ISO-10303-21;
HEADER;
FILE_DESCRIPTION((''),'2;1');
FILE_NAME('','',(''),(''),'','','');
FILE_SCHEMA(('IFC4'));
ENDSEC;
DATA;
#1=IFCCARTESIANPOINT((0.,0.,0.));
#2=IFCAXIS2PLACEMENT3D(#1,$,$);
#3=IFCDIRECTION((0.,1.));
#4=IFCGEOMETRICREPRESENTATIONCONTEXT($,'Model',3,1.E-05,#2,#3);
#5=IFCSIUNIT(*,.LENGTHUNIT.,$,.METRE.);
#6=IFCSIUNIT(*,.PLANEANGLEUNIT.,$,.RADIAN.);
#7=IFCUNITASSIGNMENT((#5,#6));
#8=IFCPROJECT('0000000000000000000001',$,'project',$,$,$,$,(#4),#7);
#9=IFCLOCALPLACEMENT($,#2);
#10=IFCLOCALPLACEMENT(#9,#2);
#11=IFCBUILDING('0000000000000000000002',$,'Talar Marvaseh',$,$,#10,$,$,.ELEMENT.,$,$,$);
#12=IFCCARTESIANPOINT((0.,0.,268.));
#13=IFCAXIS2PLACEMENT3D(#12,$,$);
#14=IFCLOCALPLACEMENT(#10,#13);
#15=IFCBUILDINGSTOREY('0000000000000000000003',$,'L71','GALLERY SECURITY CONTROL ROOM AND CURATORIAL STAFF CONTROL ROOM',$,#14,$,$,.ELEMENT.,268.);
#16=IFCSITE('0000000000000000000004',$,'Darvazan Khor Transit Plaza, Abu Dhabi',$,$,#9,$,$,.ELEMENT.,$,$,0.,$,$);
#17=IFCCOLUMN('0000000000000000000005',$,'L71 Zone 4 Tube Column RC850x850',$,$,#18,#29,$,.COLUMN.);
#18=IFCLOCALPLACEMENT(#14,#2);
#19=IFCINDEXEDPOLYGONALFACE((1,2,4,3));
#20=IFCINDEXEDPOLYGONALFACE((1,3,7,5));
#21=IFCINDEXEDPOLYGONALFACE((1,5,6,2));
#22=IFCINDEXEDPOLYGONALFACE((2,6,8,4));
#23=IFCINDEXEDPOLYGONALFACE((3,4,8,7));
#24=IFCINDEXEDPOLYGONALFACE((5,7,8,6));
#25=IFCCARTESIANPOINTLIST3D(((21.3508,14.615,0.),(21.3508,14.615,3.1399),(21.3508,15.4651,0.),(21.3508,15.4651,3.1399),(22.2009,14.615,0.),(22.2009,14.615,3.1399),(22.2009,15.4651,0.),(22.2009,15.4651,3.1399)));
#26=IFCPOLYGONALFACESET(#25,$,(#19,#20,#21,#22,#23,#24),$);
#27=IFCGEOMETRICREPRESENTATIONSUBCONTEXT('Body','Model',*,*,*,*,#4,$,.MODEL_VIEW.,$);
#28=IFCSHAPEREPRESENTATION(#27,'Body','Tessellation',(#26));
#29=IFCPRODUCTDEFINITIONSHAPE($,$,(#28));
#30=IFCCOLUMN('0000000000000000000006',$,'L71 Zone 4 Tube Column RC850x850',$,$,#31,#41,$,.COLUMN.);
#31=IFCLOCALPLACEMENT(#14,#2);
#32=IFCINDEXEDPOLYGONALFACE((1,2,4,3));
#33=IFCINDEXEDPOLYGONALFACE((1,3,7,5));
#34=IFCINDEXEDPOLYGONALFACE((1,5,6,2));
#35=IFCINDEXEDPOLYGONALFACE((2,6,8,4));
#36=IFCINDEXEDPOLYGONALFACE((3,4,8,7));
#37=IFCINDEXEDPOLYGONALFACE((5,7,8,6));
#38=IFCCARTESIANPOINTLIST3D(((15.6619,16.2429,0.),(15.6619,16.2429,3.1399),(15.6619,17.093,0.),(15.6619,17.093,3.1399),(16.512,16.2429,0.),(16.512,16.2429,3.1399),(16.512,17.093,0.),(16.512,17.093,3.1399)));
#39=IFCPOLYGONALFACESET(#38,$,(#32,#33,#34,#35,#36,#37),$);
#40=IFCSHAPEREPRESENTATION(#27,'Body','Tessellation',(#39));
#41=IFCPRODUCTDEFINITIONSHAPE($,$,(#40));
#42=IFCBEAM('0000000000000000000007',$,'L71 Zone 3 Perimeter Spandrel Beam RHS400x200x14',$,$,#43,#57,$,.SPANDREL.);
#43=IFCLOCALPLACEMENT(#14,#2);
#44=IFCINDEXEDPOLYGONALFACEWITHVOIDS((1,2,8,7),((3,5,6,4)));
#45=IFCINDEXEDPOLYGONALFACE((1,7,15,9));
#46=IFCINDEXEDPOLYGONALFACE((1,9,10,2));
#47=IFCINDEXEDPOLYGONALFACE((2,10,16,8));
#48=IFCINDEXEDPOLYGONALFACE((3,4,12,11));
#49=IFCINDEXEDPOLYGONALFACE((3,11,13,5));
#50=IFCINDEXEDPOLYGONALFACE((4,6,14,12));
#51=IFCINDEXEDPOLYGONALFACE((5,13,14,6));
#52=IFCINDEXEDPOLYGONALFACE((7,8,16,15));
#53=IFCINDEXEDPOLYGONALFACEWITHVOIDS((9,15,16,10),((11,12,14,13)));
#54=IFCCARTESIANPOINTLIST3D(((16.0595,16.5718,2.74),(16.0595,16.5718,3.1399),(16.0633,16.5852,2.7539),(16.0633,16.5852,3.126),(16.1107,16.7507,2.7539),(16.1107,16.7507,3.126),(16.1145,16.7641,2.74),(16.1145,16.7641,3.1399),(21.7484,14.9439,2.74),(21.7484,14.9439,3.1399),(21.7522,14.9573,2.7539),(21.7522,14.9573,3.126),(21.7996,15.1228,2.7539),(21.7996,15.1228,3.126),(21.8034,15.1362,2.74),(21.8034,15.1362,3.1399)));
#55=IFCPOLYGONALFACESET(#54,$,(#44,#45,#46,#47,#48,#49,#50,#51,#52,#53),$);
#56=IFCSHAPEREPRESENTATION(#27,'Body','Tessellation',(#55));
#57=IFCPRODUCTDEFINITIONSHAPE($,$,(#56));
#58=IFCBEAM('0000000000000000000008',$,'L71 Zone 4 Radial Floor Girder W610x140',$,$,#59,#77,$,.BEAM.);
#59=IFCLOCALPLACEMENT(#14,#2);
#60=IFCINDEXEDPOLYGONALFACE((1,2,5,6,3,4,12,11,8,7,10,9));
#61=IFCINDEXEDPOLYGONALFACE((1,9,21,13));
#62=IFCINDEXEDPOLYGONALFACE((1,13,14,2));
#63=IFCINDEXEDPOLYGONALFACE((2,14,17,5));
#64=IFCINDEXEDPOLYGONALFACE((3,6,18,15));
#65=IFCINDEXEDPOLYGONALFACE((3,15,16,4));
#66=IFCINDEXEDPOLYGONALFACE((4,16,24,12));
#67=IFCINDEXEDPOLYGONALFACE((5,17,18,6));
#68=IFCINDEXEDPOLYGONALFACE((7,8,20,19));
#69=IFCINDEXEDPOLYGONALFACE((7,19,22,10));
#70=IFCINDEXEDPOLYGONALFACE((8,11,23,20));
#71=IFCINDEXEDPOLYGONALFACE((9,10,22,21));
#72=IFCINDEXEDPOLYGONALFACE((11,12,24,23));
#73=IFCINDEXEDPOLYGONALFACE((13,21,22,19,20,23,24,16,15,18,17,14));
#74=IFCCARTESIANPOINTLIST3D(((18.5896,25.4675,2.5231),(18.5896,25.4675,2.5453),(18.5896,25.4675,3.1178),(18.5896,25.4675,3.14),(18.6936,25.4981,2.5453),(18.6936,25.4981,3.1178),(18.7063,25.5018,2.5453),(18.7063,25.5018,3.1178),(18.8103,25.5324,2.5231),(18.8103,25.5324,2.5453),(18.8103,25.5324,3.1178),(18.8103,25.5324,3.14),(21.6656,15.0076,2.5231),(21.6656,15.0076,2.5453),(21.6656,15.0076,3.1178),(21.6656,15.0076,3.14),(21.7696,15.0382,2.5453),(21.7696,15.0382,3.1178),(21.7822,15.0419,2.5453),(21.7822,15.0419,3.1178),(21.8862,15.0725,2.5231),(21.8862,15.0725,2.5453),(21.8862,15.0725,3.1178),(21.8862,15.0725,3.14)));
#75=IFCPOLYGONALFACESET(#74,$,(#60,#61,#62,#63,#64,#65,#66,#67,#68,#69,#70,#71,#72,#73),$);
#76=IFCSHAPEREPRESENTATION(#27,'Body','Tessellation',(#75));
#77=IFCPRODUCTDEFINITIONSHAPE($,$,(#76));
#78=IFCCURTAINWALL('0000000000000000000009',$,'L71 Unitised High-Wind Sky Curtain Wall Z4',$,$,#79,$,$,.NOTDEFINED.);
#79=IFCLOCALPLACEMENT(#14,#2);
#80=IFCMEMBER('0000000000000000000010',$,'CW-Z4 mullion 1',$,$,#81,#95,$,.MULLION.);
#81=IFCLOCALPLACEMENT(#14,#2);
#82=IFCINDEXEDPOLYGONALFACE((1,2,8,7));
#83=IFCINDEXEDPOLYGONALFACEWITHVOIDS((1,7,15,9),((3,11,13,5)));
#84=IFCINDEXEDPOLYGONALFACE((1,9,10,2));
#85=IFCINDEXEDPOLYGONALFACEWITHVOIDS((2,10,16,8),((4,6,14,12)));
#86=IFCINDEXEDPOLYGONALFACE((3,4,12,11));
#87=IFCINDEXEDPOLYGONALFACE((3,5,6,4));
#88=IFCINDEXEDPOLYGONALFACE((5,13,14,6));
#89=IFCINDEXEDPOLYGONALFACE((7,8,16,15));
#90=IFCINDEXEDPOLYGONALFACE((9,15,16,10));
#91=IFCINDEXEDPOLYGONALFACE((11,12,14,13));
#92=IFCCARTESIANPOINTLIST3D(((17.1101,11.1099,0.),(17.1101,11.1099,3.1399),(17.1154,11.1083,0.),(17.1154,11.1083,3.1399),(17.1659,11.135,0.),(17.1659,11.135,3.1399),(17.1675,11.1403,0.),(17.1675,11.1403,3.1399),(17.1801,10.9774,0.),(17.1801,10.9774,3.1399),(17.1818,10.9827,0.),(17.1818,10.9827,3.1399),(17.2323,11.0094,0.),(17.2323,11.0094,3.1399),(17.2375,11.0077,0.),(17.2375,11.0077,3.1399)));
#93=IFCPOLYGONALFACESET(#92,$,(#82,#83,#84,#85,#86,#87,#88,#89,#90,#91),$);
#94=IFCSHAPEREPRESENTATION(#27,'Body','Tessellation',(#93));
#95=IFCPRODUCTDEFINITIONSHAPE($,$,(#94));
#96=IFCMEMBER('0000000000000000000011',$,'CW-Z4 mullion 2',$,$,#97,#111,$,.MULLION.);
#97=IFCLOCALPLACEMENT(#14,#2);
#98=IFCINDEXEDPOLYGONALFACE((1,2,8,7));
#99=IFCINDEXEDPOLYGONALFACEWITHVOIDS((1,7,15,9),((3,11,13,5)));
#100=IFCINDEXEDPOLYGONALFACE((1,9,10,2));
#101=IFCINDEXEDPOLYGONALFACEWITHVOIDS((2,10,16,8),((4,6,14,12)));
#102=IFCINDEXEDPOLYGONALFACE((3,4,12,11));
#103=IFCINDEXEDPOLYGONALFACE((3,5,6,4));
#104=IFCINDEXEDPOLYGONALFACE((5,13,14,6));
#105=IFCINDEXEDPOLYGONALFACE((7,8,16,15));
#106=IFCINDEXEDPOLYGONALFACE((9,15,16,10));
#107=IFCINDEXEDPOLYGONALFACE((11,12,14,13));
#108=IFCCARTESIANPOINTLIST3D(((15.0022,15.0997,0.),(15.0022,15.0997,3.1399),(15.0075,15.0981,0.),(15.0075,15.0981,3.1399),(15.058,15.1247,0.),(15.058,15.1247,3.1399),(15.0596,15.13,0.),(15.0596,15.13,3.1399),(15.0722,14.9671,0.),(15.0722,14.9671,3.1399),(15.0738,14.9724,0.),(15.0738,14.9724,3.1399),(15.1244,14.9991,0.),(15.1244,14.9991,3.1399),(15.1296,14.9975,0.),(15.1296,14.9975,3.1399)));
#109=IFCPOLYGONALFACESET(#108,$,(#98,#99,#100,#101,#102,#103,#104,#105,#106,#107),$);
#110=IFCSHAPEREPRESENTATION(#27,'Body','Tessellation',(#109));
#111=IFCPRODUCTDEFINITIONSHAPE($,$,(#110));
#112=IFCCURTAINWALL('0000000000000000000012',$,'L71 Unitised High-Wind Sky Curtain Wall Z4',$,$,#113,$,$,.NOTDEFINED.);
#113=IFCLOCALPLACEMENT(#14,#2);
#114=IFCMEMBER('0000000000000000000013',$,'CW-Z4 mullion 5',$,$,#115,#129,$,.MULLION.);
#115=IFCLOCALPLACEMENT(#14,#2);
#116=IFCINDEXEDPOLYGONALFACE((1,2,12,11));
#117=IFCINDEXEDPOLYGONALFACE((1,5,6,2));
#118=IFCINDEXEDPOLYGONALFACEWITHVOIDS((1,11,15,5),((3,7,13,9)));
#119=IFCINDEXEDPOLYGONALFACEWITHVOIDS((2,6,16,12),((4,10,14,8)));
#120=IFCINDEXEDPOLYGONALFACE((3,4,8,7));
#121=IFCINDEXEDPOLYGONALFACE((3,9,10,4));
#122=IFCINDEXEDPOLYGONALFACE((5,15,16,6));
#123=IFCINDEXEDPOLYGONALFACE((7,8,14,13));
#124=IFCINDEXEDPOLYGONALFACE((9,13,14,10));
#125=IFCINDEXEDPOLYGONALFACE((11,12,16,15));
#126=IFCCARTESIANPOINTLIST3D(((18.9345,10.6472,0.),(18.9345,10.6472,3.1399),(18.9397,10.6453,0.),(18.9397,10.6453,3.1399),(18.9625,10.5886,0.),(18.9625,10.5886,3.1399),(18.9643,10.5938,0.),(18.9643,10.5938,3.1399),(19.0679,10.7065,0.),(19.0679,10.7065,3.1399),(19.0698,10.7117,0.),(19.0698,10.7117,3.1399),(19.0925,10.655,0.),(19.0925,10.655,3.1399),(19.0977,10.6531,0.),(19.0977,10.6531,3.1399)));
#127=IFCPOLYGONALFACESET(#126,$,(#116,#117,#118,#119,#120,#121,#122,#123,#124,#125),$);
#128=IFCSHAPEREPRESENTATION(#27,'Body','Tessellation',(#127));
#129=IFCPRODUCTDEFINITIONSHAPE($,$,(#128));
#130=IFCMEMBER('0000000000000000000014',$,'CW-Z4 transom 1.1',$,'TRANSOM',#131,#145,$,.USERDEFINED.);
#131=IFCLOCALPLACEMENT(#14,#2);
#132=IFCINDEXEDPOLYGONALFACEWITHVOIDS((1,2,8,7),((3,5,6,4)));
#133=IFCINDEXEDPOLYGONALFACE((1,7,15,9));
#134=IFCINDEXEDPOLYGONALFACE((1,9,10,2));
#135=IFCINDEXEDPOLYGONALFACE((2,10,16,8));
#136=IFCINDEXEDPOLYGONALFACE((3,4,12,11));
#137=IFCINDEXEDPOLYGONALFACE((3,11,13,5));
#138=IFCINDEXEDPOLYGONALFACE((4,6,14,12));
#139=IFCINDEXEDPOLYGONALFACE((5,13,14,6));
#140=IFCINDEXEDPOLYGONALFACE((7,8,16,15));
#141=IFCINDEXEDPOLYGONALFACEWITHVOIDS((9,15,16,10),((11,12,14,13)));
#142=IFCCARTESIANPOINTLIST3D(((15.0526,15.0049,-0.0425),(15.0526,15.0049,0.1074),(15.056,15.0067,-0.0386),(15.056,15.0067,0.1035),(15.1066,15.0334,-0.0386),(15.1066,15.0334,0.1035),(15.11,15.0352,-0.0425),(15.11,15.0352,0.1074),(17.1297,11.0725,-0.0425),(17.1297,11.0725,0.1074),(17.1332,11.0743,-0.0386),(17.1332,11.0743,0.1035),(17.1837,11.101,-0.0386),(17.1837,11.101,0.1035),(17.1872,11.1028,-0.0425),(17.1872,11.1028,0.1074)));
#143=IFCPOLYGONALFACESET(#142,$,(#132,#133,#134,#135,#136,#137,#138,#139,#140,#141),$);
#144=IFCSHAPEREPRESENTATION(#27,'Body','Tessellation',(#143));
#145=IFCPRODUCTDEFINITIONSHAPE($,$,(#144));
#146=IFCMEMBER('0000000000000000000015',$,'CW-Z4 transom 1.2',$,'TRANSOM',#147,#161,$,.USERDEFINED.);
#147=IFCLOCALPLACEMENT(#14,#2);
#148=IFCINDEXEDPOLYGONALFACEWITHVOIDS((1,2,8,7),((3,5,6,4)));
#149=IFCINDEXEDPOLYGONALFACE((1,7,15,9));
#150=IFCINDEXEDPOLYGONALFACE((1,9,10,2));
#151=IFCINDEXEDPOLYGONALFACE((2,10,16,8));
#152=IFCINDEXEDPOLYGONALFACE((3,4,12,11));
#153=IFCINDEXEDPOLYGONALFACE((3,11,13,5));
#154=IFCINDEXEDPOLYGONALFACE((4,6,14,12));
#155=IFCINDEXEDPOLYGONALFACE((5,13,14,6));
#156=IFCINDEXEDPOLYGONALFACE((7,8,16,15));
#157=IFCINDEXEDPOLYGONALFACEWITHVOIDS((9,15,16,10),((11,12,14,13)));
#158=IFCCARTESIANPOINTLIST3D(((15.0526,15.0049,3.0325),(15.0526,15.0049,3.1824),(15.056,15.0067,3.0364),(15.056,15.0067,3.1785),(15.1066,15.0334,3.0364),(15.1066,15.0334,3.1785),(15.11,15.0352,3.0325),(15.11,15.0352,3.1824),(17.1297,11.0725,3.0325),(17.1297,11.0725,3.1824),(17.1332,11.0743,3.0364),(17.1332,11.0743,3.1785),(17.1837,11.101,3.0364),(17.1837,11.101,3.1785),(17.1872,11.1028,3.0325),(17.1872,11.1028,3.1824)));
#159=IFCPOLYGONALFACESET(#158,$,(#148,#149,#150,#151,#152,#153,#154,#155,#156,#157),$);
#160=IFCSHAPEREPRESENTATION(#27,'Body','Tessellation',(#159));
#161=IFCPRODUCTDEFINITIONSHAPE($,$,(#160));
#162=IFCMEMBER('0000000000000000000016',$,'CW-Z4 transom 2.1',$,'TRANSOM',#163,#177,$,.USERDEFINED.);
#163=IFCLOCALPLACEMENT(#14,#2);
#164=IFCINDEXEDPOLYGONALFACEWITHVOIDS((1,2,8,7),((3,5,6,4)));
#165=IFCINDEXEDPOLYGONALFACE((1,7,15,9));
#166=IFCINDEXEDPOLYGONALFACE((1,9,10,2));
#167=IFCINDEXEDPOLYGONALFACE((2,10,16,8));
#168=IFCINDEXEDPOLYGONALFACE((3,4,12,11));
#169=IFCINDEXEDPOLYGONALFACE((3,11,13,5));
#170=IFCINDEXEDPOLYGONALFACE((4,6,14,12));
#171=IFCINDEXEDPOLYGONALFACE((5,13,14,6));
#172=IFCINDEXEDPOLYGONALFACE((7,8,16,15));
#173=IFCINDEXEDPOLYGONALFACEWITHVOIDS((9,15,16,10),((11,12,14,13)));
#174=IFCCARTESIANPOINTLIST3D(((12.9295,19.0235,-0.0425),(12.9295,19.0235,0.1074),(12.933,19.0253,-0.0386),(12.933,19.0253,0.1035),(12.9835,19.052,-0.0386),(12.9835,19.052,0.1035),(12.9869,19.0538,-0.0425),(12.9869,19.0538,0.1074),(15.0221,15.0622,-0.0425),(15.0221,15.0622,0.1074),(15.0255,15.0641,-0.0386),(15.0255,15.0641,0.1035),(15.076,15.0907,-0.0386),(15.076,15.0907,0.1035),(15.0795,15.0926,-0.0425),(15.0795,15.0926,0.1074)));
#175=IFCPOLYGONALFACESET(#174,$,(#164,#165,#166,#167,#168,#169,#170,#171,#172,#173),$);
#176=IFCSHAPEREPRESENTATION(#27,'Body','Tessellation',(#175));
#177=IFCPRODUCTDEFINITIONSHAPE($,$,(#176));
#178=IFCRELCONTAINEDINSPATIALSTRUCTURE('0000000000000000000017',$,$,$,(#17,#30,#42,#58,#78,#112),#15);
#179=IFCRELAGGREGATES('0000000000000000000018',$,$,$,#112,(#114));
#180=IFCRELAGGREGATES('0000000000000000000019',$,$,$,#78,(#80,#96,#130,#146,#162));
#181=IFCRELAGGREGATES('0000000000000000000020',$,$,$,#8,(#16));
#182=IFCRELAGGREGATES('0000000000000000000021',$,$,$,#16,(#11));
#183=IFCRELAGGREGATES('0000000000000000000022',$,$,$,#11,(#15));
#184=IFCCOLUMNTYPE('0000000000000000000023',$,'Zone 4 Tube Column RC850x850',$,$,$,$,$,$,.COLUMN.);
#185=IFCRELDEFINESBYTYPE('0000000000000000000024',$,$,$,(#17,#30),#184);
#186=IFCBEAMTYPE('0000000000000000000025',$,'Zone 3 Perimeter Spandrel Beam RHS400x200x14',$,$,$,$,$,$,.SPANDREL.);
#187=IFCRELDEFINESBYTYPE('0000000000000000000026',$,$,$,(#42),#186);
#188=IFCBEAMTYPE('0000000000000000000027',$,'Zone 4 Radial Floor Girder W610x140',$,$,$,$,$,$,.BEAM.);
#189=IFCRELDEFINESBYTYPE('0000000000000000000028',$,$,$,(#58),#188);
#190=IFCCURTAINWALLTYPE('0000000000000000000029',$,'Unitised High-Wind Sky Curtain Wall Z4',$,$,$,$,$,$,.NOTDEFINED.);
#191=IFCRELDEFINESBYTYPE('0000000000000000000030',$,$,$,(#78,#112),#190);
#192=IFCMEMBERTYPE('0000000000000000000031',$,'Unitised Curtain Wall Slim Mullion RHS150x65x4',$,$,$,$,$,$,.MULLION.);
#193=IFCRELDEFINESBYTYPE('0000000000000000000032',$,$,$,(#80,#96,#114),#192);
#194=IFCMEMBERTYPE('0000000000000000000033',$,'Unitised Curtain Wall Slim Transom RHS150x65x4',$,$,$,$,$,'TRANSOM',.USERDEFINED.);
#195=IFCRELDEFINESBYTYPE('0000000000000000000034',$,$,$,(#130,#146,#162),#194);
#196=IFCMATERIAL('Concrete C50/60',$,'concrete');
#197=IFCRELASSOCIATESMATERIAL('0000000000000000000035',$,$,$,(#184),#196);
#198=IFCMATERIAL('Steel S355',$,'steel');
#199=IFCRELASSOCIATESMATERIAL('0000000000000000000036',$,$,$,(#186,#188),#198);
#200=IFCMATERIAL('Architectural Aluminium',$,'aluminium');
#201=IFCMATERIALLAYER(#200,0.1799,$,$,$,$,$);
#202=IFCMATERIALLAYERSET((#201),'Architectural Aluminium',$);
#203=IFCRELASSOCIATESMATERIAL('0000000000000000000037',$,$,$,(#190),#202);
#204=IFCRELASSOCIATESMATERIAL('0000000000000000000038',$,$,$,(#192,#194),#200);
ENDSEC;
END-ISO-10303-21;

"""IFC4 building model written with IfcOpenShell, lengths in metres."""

from ifc_helpers import new_model, si_unit, direction, frame, origin, origin_2d, place, context, subcontext, project, spatial, rectangle, hollow_rectangle, i_section, extrude, source, transform, mapped, material, layer, layer_set, material_profile, profile_set, type_object, type_shapes, element, aggregate, save


model = new_model("IFC4")

# Units and contexts
model_context = context("Model", 3, precision=1e-05, world=origin(), true_north=direction((0.0, 1.0)))
body_context = subcontext(model_context, "Body", "Model", "MODEL_VIEW")
ifc_project = project(units=[si_unit("LENGTHUNIT", "METRE"), si_unit("PLANEANGLEUNIT", "RADIAN")], contexts=[model_context])

# Site, building, storey
site_placement = place(None, origin())
site = spatial("IfcSite", under=ifc_project, at=site_placement, Name="Darvazan Khor Transit Plaza, Abu Dhabi", CompositionType="ELEMENT", RefElevation=0.0)
building_placement = place(site_placement, origin())
building = spatial("IfcBuilding", under=site, at=building_placement, Name="Talar Marvaseh", CompositionType="ELEMENT")
storey_placement = place(building_placement, frame((0.0, 0.0, 268.0)))
storey = spatial("IfcBuildingStorey", under=building, at=storey_placement, Name="L71", Description="GALLERY SECURITY CONTROL ROOM AND CURATORIAL STAFF CONTROL ROOM", CompositionType="ELEMENT", Elevation=268.0)

# Columns
ifc_material_1 = material(Name="Concrete C50/60", Category="concrete")
ifc_material_profile_1 = material_profile(ifc_material_1, rectangle(XDim=0.8501, YDim=0.8501, at=origin_2d()), Name="RC850x850")
ifc_profile_set_1 = profile_set([ifc_material_profile_1], Name="Concrete C50/60")
column_type = type_object("IfcColumnType", Name="Zone 4 Tube Column RC850x850", PredefinedType="COLUMN", material=ifc_profile_set_1)
for number, where, z_axis, x_axis, name in (
    (1, (21.7759, 15.04, 0.0), (0.0, 0.0, 1.0), (1.0, 0.0, 0.0), "L71 Zone 4 Tube Column RC850x850"),
    (2, (16.0869, 16.668, 0.0), (0.0, 0.0, 1.0), (1.0, 0.0, 0.0), "L71 Zone 4 Tube Column RC850x850"),
):
    element("IfcColumn", number, at=place(storey_placement, frame(where, z_axis=z_axis, x_axis=x_axis)), inside=storey, type_object=column_type, Name=name, PredefinedType="COLUMN", context=body_context, shape_type="SweptSolid", body=[
        extrude(rectangle(XDim=0.8501, YDim=0.8501, at=origin_2d()), origin(), (0.0, 0.0, 1.0), 3.1399),
    ])

# Beams
ifc_material_2 = material(Name="Steel S355", Category="steel")
ifc_material_profile_2 = material_profile(ifc_material_2, hollow_rectangle(XDim=0.2, YDim=0.3999, WallThickness=0.0139, at=origin_2d()), Name="RHS400x200x14")
ifc_profile_set_2 = profile_set([ifc_material_profile_2], Name="Steel S355")
beam_type_1 = type_object("IfcBeamType", Name="Zone 3 Perimeter Spandrel Beam RHS400x200x14", PredefinedType="SPANDREL", material=ifc_profile_set_2)
beam_1_placement = place(storey_placement, frame((21.7759, 15.04, 2.9399), z_axis=(-0.961412, 0.275113, 0.0), x_axis=(-0.275113, -0.961412, 0.0)))
element("IfcBeam", 3, at=beam_1_placement, inside=storey, type_object=beam_type_1, Name="L71 Zone 3 Perimeter Spandrel Beam RHS400x200x14", PredefinedType="SPANDREL", context=body_context, shape_type="SweptSolid", body=[
    extrude(hollow_rectangle(XDim=0.2, YDim=0.3999, WallThickness=0.0139, at=origin_2d()), origin(), (0.0, 0.0, 1.0), 5.9172),
])
ifc_material_profile_3 = material_profile(ifc_material_2, i_section(OverallWidth=0.23, OverallDepth=0.6169, WebThickness=0.0132, FlangeThickness=0.0222, at=origin_2d()), Name="W610x140")
ifc_profile_set_3 = profile_set([ifc_material_profile_3], Name="Steel S355")
beam_type_2 = type_object("IfcBeamType", Name="Zone 4 Radial Floor Girder W610x140", PredefinedType="BEAM", material=ifc_profile_set_3)
beam_2_placement = place(storey_placement, frame((21.7759, 15.04, 2.8315), z_axis=(-0.282121, 0.959379, 0.0), x_axis=(-0.959379, -0.282121, 0.0)))
element("IfcBeam", 4, at=beam_2_placement, inside=storey, type_object=beam_type_2, Name="L71 Zone 4 Radial Floor Girder W610x140", PredefinedType="BEAM", context=body_context, shape_type="SweptSolid", body=[
    extrude(i_section(OverallWidth=0.23, OverallDepth=0.6169, WebThickness=0.0132, FlangeThickness=0.0222, at=origin_2d()), origin(), (0.0, 0.0, 1.0), 10.9028),
])

# Curtain wall, members
ifc_material_3 = material(Name="Architectural Aluminium", Category="aluminium")
ifc_layer_1 = layer(ifc_material_3, 0.1799)
ifc_layer_set_1 = layer_set([ifc_layer_1], Name="Architectural Aluminium")
curtain_wall_type = type_object("IfcCurtainWallType", Name="Unitised High-Wind Sky Curtain Wall Z4", PredefinedType="NOTDEFINED", material=ifc_layer_set_1)
curtain_wall_1_placement = place(storey_placement, origin())
curtain_wall_1 = element("IfcCurtainWall", 5, at=curtain_wall_1_placement, inside=storey, type_object=curtain_wall_type, Name="L71 Unitised High-Wind Sky Curtain Wall Z4", PredefinedType="NOTDEFINED")
ifc_material_profile_4 = material_profile(ifc_material_3, hollow_rectangle(XDim=0.0649, YDim=0.1499, WallThickness=0.0039, at=origin_2d()), Name="RHS150x65x4")
ifc_profile_set_4 = profile_set([ifc_material_profile_4], Name="Architectural Aluminium")
member_type_1 = type_object("IfcMemberType", Name="Unitised Curtain Wall Slim Mullion RHS150x65x4", PredefinedType="MULLION", material=ifc_profile_set_4)
shared_shape_1 = source(origin(), body_context, "Body", "SweptSolid", [
    extrude(hollow_rectangle(XDim=0.0649, YDim=0.1499, WallThickness=0.0039, at=origin_2d()), origin(), (0.0, 0.0, 1.0), 3.1399),
])
type_shapes(member_type_1, [shared_shape_1])
member_1_placement = place(storey_placement, frame((17.1738, 11.0588, 0.0), z_axis=(0.0, 0.0, 1.0), x_axis=(-0.884206, -0.467098, 0.0)))
member_1 = element("IfcMember", 6, at=member_1_placement, type_object=member_type_1, Name="CW-Z4 mullion 1", PredefinedType="MULLION", context=body_context, shape_type="MappedRepresentation", body=[
    mapped(shared_shape_1, transform((0.0, 0.0, 0.0), x_axis=(1.0, 0.0, 0.0), y_axis=(0.0, 1.0, 0.0), z_axis=(0.0, 0.0, 1.0), scale=1.0)),
])
member_2_placement = place(storey_placement, frame((15.0659, 15.0486, 0.0), z_axis=(0.0, 0.0, 1.0), x_axis=(-0.884206, -0.467098, 0.0)))
member_2 = element("IfcMember", 7, at=member_2_placement, type_object=member_type_1, Name="CW-Z4 mullion 2", PredefinedType="MULLION", context=body_context, shape_type="MappedRepresentation", body=[
    mapped(shared_shape_1, transform((0.0, 0.0, 0.0), x_axis=(1.0, 0.0, 0.0), y_axis=(0.0, 1.0, 0.0), z_axis=(0.0, 0.0, 1.0), scale=1.0)),
])

# Curtain wall, member
curtain_wall_2_placement = place(storey_placement, origin())
curtain_wall_2 = element("IfcCurtainWall", 8, at=curtain_wall_2_placement, inside=storey, type_object=curtain_wall_type, Name="L71 Unitised High-Wind Sky Curtain Wall Z4", PredefinedType="NOTDEFINED")
member_3_placement = place(storey_placement, frame((19.0161, 10.6501, 0.0), z_axis=(0.0, 0.0, 1.0), x_axis=(0.430655, -0.902517, 0.0)))
member_3 = element("IfcMember", 9, at=member_3_placement, type_object=member_type_1, Name="CW-Z4 mullion 5", PredefinedType="MULLION", context=body_context, shape_type="MappedRepresentation", body=[
    mapped(shared_shape_1, transform((0.0, 0.0, 0.0), x_axis=(1.0, 0.0, 0.0), y_axis=(0.0, 1.0, 0.0), z_axis=(0.0, 0.0, 1.0), scale=1.0)),
])

# Members
ifc_material_profile_5 = material_profile(ifc_material_3, hollow_rectangle(XDim=0.0649, YDim=0.1499, WallThickness=0.0039, at=origin_2d()), Name="RHS150x65x4")
ifc_profile_set_5 = profile_set([ifc_material_profile_5], Name="Architectural Aluminium")
member_type_2 = type_object("IfcMemberType", Name="Unitised Curtain Wall Slim Transom RHS150x65x4", ElementType="TRANSOM", PredefinedType="USERDEFINED", material=ifc_profile_set_5)
shared_shape_2 = source(origin(), body_context, "Body", "SweptSolid", [
    extrude(hollow_rectangle(XDim=0.0649, YDim=0.1499, WallThickness=0.0039, at=origin_2d()), origin(), (0.0, 0.0, 1.0), 4.4473),
])
member_4_placement = place(storey_placement, frame((17.1584, 11.0876, 0.0325), z_axis=(-0.467063, 0.884224, 0.0), x_axis=(-0.884224, -0.467063, 0.0)))
member_4 = element("IfcMember", 10, at=member_4_placement, type_object=member_type_2, Name="CW-Z4 transom 1.1", ObjectType="TRANSOM", PredefinedType="USERDEFINED", context=body_context, shape_type="MappedRepresentation", body=[
    mapped(shared_shape_2, transform((0.0, 0.0, 0.0), x_axis=(1.0, 0.0, 0.0), y_axis=(0.0, 1.0, 0.0), z_axis=(0.0, 0.0, 1.0), scale=1.0)),
])
member_5_placement = place(storey_placement, frame((17.1584, 11.0876, 3.1074), z_axis=(-0.467063, 0.884224, 0.0), x_axis=(-0.884224, -0.467063, 0.0)))
member_5 = element("IfcMember", 11, at=member_5_placement, type_object=member_type_2, Name="CW-Z4 transom 1.2", ObjectType="TRANSOM", PredefinedType="USERDEFINED", context=body_context, shape_type="MappedRepresentation", body=[
    mapped(shared_shape_2, transform((0.0, 0.0, 0.0), x_axis=(1.0, 0.0, 0.0), y_axis=(0.0, 1.0, 0.0), z_axis=(0.0, 0.0, 1.0), scale=1.0)),
])
shared_shape_3 = source(origin(), body_context, "Body", "SweptSolid", [
    extrude(hollow_rectangle(XDim=0.0649, YDim=0.1499, WallThickness=0.0039, at=origin_2d()), origin(), (0.0, 0.0, 1.0), 4.48),
])
type_shapes(member_type_2, [shared_shape_2, shared_shape_3])
member_6_placement = place(storey_placement, frame((15.0508, 15.0774, 0.0325), z_axis=(-0.467091, 0.884209, 0.0), x_axis=(-0.884209, -0.467091, 0.0)))
member_6 = element("IfcMember", 12, at=member_6_placement, type_object=member_type_2, Name="CW-Z4 transom 2.1", ObjectType="TRANSOM", PredefinedType="USERDEFINED", context=body_context, shape_type="MappedRepresentation", body=[
    mapped(shared_shape_3, transform((0.0, 0.0, 0.0), x_axis=(1.0, 0.0, 0.0), y_axis=(0.0, 1.0, 0.0), z_axis=(0.0, 0.0, 1.0), scale=1.0)),
])

aggregate(curtain_wall_2, [member_3])
aggregate(curtain_wall_1, [member_1, member_2, member_4, member_5, member_6])

save(model, "model.ifc")
